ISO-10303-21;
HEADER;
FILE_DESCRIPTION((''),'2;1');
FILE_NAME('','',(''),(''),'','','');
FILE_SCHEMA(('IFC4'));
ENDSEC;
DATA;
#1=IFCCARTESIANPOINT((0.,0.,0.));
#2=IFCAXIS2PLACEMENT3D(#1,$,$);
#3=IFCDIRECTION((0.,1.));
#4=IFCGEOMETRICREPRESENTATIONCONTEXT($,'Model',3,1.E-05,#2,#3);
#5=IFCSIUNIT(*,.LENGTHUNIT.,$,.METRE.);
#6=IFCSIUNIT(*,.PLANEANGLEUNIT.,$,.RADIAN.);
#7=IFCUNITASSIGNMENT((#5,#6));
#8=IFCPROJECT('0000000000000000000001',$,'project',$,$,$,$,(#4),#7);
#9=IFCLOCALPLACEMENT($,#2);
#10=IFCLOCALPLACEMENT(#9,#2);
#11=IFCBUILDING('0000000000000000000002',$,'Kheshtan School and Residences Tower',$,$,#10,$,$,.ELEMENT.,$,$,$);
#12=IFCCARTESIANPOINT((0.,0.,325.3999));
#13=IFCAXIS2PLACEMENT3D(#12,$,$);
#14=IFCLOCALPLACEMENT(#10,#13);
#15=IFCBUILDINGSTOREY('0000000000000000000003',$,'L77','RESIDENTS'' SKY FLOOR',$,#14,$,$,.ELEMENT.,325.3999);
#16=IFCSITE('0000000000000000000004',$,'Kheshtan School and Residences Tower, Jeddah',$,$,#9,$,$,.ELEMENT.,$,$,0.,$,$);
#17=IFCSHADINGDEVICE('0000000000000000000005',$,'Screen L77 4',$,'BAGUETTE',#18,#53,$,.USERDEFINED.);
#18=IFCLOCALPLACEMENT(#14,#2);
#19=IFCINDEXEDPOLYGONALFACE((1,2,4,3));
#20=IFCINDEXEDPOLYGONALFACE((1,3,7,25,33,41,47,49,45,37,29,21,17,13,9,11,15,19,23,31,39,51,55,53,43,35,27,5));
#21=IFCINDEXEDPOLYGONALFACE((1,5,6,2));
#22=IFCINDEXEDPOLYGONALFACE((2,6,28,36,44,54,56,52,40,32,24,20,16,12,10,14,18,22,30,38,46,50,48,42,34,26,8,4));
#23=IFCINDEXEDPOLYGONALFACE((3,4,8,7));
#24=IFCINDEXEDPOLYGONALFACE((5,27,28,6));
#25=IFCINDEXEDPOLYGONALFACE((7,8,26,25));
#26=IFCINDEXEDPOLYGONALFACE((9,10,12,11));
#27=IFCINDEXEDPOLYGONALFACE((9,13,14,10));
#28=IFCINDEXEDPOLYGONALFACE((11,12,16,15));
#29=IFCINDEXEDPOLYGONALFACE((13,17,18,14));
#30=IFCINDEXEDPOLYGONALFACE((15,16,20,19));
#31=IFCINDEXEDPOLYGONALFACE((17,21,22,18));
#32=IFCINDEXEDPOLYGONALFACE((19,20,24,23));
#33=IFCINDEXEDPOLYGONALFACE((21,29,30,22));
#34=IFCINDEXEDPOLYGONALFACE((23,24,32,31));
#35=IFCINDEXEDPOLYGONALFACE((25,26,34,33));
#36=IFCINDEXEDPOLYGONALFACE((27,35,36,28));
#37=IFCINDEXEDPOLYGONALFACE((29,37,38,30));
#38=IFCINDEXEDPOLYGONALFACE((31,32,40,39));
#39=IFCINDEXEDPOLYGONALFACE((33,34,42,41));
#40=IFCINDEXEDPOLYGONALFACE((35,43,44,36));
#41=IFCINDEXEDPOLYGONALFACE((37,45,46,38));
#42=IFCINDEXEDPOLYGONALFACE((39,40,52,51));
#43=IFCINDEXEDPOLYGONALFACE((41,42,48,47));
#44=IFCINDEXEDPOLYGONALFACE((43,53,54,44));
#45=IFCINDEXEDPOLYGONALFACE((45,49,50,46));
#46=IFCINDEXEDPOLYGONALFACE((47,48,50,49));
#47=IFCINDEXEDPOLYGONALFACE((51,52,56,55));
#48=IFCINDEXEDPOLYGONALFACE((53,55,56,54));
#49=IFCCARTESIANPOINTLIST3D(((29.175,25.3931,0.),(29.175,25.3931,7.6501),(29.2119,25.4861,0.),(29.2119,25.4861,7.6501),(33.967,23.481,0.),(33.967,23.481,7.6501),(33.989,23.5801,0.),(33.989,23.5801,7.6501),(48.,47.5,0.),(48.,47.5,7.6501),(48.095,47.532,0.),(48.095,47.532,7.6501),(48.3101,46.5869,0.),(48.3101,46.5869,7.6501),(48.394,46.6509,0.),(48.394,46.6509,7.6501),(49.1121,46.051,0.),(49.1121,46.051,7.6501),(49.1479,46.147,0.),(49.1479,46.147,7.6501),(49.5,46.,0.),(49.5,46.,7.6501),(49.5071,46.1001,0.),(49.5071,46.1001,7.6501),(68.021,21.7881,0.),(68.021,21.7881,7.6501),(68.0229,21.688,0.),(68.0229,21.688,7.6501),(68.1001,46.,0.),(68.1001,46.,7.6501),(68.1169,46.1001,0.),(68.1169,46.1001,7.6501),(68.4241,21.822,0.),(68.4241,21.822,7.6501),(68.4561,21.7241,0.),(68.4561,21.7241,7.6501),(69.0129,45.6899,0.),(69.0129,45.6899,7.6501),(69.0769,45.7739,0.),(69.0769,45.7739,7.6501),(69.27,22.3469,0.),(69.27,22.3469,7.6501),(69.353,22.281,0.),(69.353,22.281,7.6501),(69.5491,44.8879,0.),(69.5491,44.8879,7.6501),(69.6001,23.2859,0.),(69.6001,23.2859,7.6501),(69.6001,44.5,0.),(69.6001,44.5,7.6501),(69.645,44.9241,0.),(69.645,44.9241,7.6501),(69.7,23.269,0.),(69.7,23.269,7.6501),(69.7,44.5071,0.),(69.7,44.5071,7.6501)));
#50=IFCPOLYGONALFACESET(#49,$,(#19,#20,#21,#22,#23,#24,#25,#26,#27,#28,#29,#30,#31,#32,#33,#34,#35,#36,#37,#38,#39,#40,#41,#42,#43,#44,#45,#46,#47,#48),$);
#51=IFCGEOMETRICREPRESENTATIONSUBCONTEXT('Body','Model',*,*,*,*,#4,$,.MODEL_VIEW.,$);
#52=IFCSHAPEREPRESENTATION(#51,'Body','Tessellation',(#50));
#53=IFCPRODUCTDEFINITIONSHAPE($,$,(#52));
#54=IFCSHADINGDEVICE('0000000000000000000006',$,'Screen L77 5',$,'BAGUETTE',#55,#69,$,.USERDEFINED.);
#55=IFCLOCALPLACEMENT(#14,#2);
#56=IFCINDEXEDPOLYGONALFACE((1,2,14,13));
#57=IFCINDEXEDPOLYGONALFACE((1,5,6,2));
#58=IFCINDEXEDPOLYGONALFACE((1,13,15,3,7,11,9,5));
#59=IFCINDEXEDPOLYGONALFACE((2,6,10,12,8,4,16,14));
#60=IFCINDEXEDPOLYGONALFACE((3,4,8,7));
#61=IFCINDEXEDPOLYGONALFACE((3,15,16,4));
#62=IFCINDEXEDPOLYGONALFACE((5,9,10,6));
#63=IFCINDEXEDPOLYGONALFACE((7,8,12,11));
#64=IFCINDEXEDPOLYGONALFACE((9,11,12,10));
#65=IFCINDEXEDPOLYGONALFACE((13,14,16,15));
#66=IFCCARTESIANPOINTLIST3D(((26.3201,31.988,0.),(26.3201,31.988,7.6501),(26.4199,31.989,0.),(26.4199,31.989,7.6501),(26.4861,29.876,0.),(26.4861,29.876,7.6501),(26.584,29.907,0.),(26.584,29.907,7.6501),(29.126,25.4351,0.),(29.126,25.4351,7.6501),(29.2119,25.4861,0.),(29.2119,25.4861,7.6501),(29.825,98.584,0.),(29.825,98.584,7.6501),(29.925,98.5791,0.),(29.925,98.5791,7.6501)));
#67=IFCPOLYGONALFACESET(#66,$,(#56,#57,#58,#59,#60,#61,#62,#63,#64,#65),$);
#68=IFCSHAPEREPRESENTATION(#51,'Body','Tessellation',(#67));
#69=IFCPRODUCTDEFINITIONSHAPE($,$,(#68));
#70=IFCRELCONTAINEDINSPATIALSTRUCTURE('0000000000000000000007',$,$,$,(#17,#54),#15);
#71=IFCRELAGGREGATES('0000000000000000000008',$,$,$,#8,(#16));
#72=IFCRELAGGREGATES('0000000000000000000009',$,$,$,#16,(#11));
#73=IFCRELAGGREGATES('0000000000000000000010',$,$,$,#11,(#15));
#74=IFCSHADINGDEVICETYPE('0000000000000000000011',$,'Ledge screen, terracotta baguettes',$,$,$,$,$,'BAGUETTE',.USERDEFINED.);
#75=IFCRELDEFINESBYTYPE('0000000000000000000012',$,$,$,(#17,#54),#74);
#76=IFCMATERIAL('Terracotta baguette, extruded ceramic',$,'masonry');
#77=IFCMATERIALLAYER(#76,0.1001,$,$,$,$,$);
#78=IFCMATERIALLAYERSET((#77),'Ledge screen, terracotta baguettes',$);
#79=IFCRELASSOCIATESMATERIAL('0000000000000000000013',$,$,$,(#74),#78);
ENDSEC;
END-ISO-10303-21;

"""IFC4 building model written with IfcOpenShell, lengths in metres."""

from ifc_helpers import new_model, si_unit, direction, frame, origin, place, context, subcontext, project, spatial, polyline, outline, extrude, material, layer, layer_set, type_object, element, save


model = new_model("IFC4")

# Units and contexts
model_context = context("Model", 3, precision=1e-05, world=origin(), true_north=direction((0.0, 1.0)))
body_context = subcontext(model_context, "Body", "Model", "MODEL_VIEW")
ifc_project = project(units=[si_unit("LENGTHUNIT", "METRE"), si_unit("PLANEANGLEUNIT", "RADIAN")], contexts=[model_context])

# Site, building, storey
site_placement = place(None, origin())
site = spatial("IfcSite", under=ifc_project, at=site_placement, Name="Kheshtan School and Residences Tower, Jeddah", CompositionType="ELEMENT", RefElevation=0.0)
building_placement = place(site_placement, origin())
building = spatial("IfcBuilding", under=site, at=building_placement, Name="Kheshtan School and Residences Tower", CompositionType="ELEMENT")
storey_placement = place(building_placement, frame((0.0, 0.0, 325.3999)))
storey = spatial("IfcBuildingStorey", under=building, at=storey_placement, Name="L77", Description="RESIDENTS' SKY FLOOR", CompositionType="ELEMENT", Elevation=325.3999)

# Shading devices
ifc_material_1 = material(Name="Terracotta baguette, extruded ceramic", Category="masonry")
ifc_layer_1 = layer(ifc_material_1, 0.1001)
ifc_layer_set_1 = layer_set([ifc_layer_1], Name="Ledge screen, terracotta baguettes")
shading_device_type = type_object("IfcShadingDeviceType", Name="Ledge screen, terracotta baguettes", ElementType="BAGUETTE", PredefinedType="USERDEFINED", material=ifc_layer_set_1)
shading_device_1_placement = place(storey_placement, origin())
element("IfcShadingDevice", 1, at=shading_device_1_placement, inside=storey, type_object=shading_device_type, Name="Screen L77 4", ObjectType="BAGUETTE", PredefinedType="USERDEFINED", context=body_context, shape_type="SweptSolid", body=[
    extrude(outline(polyline([(48.0, 47.5), (48.3101, 46.5869), (49.1121, 46.051), (49.5, 46.0), (68.1001, 46.0), (69.0129, 45.6899), (69.5491, 44.8879), (69.6001, 44.5), (69.6001, 23.2859), (69.27, 22.3469), (68.4241, 21.822), (68.021, 21.7881), (33.989, 23.5801), (29.2119, 25.4861), (29.175, 25.3931), (33.967, 23.481), (68.0229, 21.688), (68.4561, 21.7241), (69.353, 22.281), (69.7, 23.269), (69.7, 44.5071), (69.645, 44.9241), (69.0769, 45.7739), (68.1169, 46.1001), (49.5071, 46.1001), (49.1479, 46.147), (48.394, 46.6509), (48.095, 47.532), (48.0, 47.5)])), origin(), (0.0, 0.0, 1.0), 7.6501),
])
shading_device_2_placement = place(storey_placement, origin())
element("IfcShadingDevice", 2, at=shading_device_2_placement, inside=storey, type_object=shading_device_type, Name="Screen L77 5", ObjectType="BAGUETTE", PredefinedType="USERDEFINED", context=body_context, shape_type="SweptSolid", body=[
    extrude(outline(polyline([(29.2119, 25.4861), (26.584, 29.907), (26.4199, 31.989), (29.925, 98.5791), (29.825, 98.584), (26.3201, 31.988), (26.4861, 29.876), (29.126, 25.4351), (29.2119, 25.4861)])), origin(), (0.0, 0.0, 1.0), 7.6501),
])

save(model, "model.ifc")
